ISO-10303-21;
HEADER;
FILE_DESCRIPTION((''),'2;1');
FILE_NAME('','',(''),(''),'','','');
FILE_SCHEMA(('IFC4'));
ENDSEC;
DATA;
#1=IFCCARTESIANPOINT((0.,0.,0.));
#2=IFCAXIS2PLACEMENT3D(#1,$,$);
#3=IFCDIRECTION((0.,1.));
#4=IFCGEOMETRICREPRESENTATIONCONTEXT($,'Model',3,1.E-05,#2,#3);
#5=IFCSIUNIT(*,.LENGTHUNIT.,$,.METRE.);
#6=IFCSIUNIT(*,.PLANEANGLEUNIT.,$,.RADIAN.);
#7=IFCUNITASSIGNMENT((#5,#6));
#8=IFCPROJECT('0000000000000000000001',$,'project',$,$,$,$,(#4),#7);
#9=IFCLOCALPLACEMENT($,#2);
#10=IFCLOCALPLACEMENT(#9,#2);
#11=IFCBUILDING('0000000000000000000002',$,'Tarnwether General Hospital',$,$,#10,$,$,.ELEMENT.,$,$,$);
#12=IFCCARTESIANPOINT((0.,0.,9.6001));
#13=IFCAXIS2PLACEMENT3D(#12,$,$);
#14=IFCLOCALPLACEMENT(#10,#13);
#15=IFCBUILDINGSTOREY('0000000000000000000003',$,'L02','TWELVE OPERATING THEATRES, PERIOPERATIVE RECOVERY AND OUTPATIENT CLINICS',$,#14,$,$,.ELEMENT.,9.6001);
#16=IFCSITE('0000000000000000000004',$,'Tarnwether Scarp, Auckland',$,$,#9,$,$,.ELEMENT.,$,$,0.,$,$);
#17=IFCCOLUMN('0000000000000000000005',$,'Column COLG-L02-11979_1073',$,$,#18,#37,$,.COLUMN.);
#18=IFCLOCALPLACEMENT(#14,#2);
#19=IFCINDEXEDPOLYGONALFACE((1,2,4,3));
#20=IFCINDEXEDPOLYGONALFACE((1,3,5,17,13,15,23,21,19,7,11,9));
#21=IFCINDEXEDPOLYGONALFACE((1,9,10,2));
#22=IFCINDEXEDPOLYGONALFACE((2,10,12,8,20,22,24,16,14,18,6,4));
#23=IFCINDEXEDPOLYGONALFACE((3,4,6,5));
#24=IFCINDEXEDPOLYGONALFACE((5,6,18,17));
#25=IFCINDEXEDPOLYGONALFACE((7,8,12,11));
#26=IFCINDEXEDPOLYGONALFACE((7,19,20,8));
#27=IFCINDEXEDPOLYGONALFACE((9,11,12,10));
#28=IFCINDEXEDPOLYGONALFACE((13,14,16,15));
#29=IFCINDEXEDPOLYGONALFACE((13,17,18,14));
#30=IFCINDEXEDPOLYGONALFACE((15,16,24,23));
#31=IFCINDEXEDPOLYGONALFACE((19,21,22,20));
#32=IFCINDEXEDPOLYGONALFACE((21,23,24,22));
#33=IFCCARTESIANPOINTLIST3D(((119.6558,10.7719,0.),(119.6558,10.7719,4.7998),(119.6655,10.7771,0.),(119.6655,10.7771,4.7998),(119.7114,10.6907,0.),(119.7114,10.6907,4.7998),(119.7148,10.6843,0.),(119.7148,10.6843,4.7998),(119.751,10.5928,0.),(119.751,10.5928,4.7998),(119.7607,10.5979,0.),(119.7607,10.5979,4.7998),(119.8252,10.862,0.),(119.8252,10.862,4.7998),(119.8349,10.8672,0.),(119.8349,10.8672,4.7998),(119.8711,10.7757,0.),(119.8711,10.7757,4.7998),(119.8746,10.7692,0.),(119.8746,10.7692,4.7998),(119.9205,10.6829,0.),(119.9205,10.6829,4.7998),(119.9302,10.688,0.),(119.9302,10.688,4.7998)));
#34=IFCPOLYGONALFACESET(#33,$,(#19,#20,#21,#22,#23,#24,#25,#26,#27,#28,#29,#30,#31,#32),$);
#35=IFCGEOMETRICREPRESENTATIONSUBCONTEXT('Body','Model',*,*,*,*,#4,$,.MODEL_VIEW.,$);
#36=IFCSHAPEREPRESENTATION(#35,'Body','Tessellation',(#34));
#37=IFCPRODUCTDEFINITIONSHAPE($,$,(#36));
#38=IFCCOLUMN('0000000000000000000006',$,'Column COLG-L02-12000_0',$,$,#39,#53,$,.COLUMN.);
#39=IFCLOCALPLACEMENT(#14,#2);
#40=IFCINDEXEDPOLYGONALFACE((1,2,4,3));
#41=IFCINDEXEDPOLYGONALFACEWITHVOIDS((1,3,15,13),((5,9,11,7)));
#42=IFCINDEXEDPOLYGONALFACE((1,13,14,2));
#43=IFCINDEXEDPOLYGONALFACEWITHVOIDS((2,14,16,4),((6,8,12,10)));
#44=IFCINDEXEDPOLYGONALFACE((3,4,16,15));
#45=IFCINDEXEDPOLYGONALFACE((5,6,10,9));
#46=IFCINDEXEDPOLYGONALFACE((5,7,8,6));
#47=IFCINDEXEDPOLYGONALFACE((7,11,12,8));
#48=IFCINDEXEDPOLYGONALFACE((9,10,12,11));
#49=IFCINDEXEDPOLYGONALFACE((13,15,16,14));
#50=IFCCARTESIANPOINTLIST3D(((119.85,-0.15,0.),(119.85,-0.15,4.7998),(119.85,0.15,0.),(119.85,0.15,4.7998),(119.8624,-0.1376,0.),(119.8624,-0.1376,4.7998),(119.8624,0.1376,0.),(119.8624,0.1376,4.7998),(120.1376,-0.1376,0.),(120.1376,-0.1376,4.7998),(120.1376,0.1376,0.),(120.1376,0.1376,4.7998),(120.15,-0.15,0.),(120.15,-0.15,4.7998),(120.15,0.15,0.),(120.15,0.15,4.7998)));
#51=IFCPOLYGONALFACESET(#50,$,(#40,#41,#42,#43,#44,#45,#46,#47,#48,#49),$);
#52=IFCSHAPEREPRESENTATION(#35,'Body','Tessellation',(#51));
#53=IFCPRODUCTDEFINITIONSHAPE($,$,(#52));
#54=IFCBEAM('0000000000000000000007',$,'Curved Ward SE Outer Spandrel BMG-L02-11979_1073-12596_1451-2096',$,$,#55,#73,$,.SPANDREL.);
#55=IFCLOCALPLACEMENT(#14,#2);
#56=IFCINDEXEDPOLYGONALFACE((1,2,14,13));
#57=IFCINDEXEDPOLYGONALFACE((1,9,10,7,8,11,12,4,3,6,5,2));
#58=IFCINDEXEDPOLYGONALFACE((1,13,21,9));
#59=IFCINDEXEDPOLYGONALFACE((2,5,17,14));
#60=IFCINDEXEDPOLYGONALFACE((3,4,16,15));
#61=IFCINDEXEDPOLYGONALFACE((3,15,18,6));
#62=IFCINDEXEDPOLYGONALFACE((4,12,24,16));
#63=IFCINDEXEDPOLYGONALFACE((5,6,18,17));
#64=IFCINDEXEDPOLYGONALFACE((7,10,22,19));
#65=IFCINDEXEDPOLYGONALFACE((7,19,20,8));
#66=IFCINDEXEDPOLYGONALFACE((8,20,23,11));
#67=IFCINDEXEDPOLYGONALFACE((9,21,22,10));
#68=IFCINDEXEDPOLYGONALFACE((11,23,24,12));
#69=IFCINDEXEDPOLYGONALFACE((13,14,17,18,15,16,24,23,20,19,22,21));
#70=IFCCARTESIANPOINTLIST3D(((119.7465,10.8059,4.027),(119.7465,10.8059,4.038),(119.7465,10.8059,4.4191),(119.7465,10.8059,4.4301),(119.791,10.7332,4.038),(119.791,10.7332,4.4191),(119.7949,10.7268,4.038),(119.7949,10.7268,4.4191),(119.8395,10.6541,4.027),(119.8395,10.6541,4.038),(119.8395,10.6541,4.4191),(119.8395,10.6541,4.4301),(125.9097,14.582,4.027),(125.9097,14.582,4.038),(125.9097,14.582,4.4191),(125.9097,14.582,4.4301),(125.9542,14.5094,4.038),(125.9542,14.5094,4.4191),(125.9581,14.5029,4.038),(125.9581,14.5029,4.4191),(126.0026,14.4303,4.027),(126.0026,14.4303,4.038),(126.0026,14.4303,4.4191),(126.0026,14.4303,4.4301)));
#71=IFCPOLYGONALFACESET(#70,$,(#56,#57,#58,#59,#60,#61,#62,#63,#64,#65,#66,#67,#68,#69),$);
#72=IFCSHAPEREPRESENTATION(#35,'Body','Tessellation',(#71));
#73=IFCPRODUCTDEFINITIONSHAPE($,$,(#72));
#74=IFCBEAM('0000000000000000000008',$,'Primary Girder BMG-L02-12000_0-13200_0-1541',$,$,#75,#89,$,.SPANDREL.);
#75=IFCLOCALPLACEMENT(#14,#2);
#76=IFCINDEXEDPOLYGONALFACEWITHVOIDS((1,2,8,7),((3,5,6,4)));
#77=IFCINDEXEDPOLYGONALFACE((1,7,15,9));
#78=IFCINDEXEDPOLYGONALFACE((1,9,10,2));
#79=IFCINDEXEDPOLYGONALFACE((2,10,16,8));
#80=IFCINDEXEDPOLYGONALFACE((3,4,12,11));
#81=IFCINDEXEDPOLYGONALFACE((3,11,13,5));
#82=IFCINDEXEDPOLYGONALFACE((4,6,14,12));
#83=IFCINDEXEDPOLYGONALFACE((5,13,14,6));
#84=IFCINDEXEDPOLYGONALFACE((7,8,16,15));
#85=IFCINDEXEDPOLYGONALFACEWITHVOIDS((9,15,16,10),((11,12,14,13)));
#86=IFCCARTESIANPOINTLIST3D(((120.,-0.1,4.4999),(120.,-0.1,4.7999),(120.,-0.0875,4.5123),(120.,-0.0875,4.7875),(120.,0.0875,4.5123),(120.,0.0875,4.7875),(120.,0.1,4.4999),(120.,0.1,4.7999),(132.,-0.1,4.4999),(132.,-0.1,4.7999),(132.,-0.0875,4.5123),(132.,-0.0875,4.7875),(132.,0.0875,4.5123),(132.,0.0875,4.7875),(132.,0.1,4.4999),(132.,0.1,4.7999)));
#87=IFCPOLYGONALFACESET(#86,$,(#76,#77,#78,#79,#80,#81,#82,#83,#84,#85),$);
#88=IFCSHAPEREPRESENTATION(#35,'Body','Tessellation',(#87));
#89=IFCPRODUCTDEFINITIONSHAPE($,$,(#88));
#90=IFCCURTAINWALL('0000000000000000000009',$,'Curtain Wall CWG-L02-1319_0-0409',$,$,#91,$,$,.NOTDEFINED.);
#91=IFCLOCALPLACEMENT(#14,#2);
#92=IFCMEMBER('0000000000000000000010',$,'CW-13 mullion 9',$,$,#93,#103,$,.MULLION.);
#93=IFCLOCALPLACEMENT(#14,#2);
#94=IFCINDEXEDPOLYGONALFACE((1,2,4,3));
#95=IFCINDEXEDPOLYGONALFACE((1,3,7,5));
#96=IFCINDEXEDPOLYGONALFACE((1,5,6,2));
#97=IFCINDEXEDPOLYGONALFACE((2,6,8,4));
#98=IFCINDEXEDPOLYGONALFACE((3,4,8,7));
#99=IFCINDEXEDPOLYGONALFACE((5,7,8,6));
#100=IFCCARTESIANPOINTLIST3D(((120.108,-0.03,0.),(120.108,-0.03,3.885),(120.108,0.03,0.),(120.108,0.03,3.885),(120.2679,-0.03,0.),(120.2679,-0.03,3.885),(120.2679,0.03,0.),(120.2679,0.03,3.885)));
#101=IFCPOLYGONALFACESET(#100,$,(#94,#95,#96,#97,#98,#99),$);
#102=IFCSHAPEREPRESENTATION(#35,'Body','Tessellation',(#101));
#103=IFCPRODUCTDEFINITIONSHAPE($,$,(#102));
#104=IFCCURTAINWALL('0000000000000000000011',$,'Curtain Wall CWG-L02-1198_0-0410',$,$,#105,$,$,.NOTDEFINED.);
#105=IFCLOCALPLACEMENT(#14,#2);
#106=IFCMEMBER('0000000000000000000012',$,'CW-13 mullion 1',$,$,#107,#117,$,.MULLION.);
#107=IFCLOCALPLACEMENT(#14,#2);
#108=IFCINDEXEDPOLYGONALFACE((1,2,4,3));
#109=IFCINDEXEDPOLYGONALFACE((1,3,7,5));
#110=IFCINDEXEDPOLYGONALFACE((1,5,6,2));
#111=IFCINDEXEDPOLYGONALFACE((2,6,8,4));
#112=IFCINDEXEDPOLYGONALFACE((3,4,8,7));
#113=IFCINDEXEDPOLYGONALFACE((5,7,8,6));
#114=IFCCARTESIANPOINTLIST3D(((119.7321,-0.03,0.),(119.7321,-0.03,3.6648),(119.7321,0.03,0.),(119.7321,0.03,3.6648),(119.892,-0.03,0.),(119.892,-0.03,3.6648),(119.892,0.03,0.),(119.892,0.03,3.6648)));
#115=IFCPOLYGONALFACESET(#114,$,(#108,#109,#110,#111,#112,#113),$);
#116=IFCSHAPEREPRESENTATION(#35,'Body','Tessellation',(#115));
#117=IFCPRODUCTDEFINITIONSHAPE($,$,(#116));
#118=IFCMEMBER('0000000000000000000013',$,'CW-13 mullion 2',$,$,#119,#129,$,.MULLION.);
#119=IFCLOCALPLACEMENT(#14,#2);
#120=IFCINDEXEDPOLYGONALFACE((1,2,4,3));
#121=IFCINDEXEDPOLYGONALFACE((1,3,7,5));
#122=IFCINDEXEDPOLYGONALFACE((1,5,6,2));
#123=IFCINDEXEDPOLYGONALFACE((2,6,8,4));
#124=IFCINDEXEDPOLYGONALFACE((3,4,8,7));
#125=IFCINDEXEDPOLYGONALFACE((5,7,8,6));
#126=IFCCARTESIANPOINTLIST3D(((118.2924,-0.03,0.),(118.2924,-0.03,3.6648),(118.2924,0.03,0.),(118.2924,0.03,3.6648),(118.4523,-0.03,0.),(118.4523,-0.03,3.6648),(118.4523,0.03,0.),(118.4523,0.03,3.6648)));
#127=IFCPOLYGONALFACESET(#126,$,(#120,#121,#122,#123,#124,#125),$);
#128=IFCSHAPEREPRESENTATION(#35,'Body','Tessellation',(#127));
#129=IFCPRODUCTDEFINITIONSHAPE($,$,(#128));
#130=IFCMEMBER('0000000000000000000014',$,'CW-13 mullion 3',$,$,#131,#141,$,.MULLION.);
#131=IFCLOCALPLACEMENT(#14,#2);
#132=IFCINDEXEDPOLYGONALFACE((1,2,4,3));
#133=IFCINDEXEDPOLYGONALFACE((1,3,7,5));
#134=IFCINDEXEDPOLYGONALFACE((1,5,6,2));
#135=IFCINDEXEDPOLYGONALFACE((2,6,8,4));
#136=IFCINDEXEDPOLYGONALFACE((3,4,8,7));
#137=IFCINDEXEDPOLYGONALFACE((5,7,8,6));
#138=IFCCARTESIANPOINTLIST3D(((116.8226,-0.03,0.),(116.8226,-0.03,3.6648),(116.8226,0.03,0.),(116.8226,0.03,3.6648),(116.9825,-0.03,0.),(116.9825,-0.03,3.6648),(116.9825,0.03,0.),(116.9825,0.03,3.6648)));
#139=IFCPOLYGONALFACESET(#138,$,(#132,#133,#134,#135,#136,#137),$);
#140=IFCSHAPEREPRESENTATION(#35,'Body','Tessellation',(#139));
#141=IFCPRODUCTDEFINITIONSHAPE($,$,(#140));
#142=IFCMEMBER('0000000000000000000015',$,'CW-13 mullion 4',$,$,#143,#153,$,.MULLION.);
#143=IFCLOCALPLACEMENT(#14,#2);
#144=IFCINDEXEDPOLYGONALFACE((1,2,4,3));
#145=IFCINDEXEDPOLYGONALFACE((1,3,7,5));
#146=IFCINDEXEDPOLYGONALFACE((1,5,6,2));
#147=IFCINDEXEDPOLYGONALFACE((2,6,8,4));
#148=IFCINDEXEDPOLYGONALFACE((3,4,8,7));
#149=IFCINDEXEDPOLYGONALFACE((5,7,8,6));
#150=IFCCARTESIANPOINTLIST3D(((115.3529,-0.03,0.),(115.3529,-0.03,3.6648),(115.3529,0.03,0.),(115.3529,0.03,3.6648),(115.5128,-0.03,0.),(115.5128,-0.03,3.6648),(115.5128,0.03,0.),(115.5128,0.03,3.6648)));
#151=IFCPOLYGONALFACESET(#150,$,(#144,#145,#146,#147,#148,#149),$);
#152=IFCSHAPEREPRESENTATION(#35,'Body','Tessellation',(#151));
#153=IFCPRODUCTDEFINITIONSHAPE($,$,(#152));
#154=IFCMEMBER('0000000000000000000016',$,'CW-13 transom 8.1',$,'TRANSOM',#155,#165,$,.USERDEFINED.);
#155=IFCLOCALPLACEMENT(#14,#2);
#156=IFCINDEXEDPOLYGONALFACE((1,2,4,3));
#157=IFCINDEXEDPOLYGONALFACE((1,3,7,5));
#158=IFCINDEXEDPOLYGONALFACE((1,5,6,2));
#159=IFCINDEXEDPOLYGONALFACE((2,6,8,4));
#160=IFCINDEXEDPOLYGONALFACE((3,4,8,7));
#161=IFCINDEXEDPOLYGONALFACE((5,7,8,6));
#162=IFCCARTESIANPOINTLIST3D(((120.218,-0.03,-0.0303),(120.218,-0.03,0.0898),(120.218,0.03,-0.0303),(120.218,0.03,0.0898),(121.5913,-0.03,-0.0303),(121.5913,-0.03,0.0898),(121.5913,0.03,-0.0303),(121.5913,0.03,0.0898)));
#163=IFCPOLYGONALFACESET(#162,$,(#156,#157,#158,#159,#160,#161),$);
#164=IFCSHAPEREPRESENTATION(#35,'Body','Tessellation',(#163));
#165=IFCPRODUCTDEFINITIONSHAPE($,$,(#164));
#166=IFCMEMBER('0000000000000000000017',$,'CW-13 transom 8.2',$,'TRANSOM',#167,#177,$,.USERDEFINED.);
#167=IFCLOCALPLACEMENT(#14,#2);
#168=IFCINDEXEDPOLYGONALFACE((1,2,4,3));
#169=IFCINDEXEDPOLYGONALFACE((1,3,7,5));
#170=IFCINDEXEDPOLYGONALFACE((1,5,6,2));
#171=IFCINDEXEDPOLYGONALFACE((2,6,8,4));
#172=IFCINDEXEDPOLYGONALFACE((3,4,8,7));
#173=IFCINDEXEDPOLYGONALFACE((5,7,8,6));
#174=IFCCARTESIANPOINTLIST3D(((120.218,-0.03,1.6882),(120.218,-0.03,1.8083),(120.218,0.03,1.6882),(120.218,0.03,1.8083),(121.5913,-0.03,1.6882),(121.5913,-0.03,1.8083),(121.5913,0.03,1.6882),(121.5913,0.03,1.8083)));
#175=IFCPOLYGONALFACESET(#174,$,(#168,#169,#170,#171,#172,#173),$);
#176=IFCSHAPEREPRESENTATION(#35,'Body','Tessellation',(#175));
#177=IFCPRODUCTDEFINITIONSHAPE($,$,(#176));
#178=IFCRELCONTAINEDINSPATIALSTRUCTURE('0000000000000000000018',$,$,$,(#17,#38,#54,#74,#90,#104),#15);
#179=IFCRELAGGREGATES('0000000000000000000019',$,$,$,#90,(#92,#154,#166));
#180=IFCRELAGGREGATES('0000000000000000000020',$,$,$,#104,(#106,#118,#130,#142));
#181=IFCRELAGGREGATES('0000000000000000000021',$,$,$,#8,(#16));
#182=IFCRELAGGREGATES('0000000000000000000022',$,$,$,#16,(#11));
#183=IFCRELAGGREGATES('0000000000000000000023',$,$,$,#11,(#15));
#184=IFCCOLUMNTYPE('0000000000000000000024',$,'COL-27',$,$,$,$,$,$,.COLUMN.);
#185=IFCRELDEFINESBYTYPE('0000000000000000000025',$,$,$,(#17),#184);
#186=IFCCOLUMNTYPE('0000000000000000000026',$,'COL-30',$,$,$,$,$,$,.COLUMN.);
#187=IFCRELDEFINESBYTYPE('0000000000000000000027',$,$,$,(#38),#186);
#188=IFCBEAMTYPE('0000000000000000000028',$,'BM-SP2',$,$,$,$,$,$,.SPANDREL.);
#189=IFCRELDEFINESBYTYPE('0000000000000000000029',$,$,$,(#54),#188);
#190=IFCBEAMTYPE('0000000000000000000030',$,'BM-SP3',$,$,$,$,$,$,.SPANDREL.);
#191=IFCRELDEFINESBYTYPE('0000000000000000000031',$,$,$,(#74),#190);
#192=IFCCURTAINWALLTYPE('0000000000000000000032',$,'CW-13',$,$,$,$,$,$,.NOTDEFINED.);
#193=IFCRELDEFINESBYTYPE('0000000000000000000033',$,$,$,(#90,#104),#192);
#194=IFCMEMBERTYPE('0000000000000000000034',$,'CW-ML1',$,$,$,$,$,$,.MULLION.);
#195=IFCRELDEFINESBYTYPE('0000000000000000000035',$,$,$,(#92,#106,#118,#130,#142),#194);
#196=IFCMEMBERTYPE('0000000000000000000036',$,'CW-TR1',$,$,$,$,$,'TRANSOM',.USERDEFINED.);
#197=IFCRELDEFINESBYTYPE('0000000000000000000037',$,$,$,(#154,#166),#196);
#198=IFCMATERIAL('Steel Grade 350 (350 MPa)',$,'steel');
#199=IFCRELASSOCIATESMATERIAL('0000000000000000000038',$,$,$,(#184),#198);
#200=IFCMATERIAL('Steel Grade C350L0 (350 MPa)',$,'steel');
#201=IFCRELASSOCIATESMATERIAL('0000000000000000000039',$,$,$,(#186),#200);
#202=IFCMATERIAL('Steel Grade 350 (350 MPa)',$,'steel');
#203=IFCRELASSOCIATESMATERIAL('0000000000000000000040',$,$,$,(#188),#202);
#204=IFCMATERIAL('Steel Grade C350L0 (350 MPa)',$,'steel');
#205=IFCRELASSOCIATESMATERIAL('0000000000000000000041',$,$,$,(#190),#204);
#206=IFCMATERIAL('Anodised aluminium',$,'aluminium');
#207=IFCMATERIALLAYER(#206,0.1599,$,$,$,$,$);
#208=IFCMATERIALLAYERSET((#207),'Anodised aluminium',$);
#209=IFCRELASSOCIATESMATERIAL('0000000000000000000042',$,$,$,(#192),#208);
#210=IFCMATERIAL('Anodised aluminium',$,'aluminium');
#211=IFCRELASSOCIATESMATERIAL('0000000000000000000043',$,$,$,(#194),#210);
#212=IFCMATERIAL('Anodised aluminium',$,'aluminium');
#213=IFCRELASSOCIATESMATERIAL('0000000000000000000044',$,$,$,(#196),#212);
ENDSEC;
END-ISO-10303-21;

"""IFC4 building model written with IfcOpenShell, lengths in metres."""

from ifc_helpers import new_model, si_unit, direction, frame, origin, origin_2d, place, context, subcontext, project, spatial, rectangle, hollow_rectangle, i_section, extrude, material, layer, layer_set, material_profile, profile_set, type_object, element, aggregate, save


model = new_model("IFC4")

# Units and contexts
model_context = context("Model", 3, precision=1e-05, world=origin(), true_north=direction((0.0, 1.0)))
body_context = subcontext(model_context, "Body", "Model", "MODEL_VIEW")
ifc_project = project(units=[si_unit("LENGTHUNIT", "METRE"), si_unit("PLANEANGLEUNIT", "RADIAN")], contexts=[model_context])

# Site, building, storey
site_placement = place(None, origin())
site = spatial("IfcSite", under=ifc_project, at=site_placement, Name="Tarnwether Scarp, Auckland", CompositionType="ELEMENT", RefElevation=0.0)
building_placement = place(site_placement, origin())
building = spatial("IfcBuilding", under=site, at=building_placement, Name="Tarnwether General Hospital", CompositionType="ELEMENT")
storey_placement = place(building_placement, frame((0.0, 0.0, 9.6001)))
storey = spatial("IfcBuildingStorey", under=building, at=storey_placement, Name="L02", Description="TWELVE OPERATING THEATRES, PERIOPERATIVE RECOVERY AND OUTPATIENT CLINICS", CompositionType="ELEMENT", Elevation=9.6001)

# Columns
ifc_material_1 = material(Name="Steel Grade 350 (350 MPa)", Category="steel")
ifc_material_profile_1 = material_profile(ifc_material_1, i_section(OverallWidth=0.2029, OverallDepth=0.2029, WebThickness=0.0073, FlangeThickness=0.011, at=origin_2d()), Name="200UC46.2")
ifc_profile_set_1 = profile_set([ifc_material_profile_1], Name="Steel Grade 350 (350 MPa)")
column_type_1 = type_object("IfcColumnType", Name="COL-27", PredefinedType="COLUMN", material=ifc_profile_set_1)
column_1_placement = place(storey_placement, frame((119.793, 10.73, 0.0), z_axis=(0.0, 0.0, 1.0), x_axis=(-0.469472, 0.882948, 0.0)))
element("IfcColumn", 1, at=column_1_placement, inside=storey, type_object=column_type_1, Name="Column COLG-L02-11979_1073", PredefinedType="COLUMN", context=body_context, shape_type="SweptSolid", body=[
    extrude(i_section(OverallWidth=0.2029, OverallDepth=0.2029, WebThickness=0.0073, FlangeThickness=0.011, at=origin_2d()), origin(), (0.0, 0.0, 1.0), 4.7998),
])
ifc_material_2 = material(Name="Steel Grade C350L0 (350 MPa)", Category="steel")
ifc_material_profile_2 = material_profile(ifc_material_2, hollow_rectangle(XDim=0.3, YDim=0.3, WallThickness=0.0125, at=origin_2d()), Name="SHS300x300x12.5")
ifc_profile_set_2 = profile_set([ifc_material_profile_2], Name="Steel Grade C350L0 (350 MPa)")
column_type_2 = type_object("IfcColumnType", Name="COL-30", PredefinedType="COLUMN", material=ifc_profile_set_2)
column_2_placement = place(storey_placement, frame((120.0, 0.0, 0.0), z_axis=(0.0, 0.0, 1.0), x_axis=(1.0, 0.0, 0.0)))
element("IfcColumn", 2, at=column_2_placement, inside=storey, type_object=column_type_2, Name="Column COLG-L02-12000_0", PredefinedType="COLUMN", context=body_context, shape_type="SweptSolid", body=[
    extrude(hollow_rectangle(XDim=0.3, YDim=0.3, WallThickness=0.0125, at=origin_2d()), origin(), (0.0, 0.0, 1.0), 4.7998),
])

# Beams
ifc_material_3 = material(Name="Steel Grade 350 (350 MPa)", Category="steel")
ifc_material_profile_3 = material_profile(ifc_material_3, i_section(OverallWidth=0.178, OverallDepth=0.4031, WebThickness=0.0076, FlangeThickness=0.011, at=origin_2d()), Name="410UB53.7")
ifc_profile_set_3 = profile_set([ifc_material_profile_3], Name="Steel Grade 350 (350 MPa)")
beam_type_1 = type_object("IfcBeamType", Name="BM-SP2", PredefinedType="SPANDREL", material=ifc_profile_set_3)
beam_1_placement = place(storey_placement, frame((119.793, 10.73, 4.2285), z_axis=(0.852678, 0.522436, 0.0), x_axis=(-0.522436, 0.852678, 0.0)))
element("IfcBeam", 3, at=beam_1_placement, inside=storey, type_object=beam_type_1, Name="Curved Ward SE Outer Spandrel BMG-L02-11979_1073-12596_1451-2096", PredefinedType="SPANDREL", context=body_context, shape_type="SweptSolid", body=[
    extrude(i_section(OverallWidth=0.178, OverallDepth=0.4031, WebThickness=0.0076, FlangeThickness=0.011, at=origin_2d()), origin(), (0.0, 0.0, 1.0), 7.228),
])
ifc_material_4 = material(Name="Steel Grade C350L0 (350 MPa)", Category="steel")
ifc_material_profile_4 = material_profile(ifc_material_4, hollow_rectangle(XDim=0.2, YDim=0.3, WallThickness=0.0125, at=origin_2d()), Name="RHS300x200x12.5")
ifc_profile_set_4 = profile_set([ifc_material_profile_4], Name="Steel Grade C350L0 (350 MPa)")
beam_type_2 = type_object("IfcBeamType", Name="BM-SP3", PredefinedType="SPANDREL", material=ifc_profile_set_4)
beam_2_placement = place(storey_placement, frame((120.0, 0.0, 4.6499), z_axis=(1.0, 0.0, 0.0), x_axis=(0.0, 1.0, 0.0)))
element("IfcBeam", 4, at=beam_2_placement, inside=storey, type_object=beam_type_2, Name="Primary Girder BMG-L02-12000_0-13200_0-1541", PredefinedType="SPANDREL", context=body_context, shape_type="SweptSolid", body=[
    extrude(hollow_rectangle(XDim=0.2, YDim=0.3, WallThickness=0.0125, at=origin_2d()), origin(), (0.0, 0.0, 1.0), 12.0),
])

# Curtain wall, member
ifc_material_5 = material(Name="Anodised aluminium", Category="aluminium")
ifc_layer_1 = layer(ifc_material_5, 0.1599)
ifc_layer_set_1 = layer_set([ifc_layer_1], Name="Anodised aluminium")
curtain_wall_type = type_object("IfcCurtainWallType", Name="CW-13", PredefinedType="NOTDEFINED", material=ifc_layer_set_1)
curtain_wall_1_placement = place(storey_placement, origin())
curtain_wall_1 = element("IfcCurtainWall", 5, at=curtain_wall_1_placement, inside=storey, type_object=curtain_wall_type, Name="Curtain Wall CWG-L02-1319_0-0409", PredefinedType="NOTDEFINED")
ifc_material_6 = material(Name="Anodised aluminium", Category="aluminium")
ifc_material_profile_5 = material_profile(ifc_material_6, rectangle(XDim=0.0601, YDim=0.1599, at=origin_2d()), Name="ALU-MUL-60x160")
ifc_profile_set_5 = profile_set([ifc_material_profile_5], Name="Anodised aluminium")
member_type_1 = type_object("IfcMemberType", Name="CW-ML1", PredefinedType="MULLION", material=ifc_profile_set_5)
member_1_placement = place(storey_placement, frame((120.188, 0.0, 0.0), z_axis=(0.0, 0.0, 1.0), x_axis=(0.0, -1.0, 0.0)))
member_1 = element("IfcMember", 6, at=member_1_placement, type_object=member_type_1, Name="CW-13 mullion 9", PredefinedType="MULLION", context=body_context, shape_type="SweptSolid", body=[
    extrude(rectangle(XDim=0.0601, YDim=0.1599, at=origin_2d()), origin(), (0.0, 0.0, 1.0), 3.885),
])

# Curtain wall, members
curtain_wall_2_placement = place(storey_placement, origin())
curtain_wall_2 = element("IfcCurtainWall", 7, at=curtain_wall_2_placement, inside=storey, type_object=curtain_wall_type, Name="Curtain Wall CWG-L02-1198_0-0410", PredefinedType="NOTDEFINED")
member_2_placement = place(storey_placement, frame((119.812, 0.0, 0.0), z_axis=(0.0, 0.0, 1.0), x_axis=(0.0, -1.0, 0.0)))
member_2 = element("IfcMember", 8, at=member_2_placement, type_object=member_type_1, Name="CW-13 mullion 1", PredefinedType="MULLION", context=body_context, shape_type="SweptSolid", body=[
    extrude(rectangle(XDim=0.0601, YDim=0.1599, at=origin_2d()), origin(), (0.0, 0.0, 1.0), 3.6648),
])
member_3_placement = place(storey_placement, frame((118.3723, 0.0, 0.0), z_axis=(0.0, 0.0, 1.0), x_axis=(0.0, -1.0, 0.0)))
member_3 = element("IfcMember", 9, at=member_3_placement, type_object=member_type_1, Name="CW-13 mullion 2", PredefinedType="MULLION", context=body_context, shape_type="SweptSolid", body=[
    extrude(rectangle(XDim=0.0601, YDim=0.1599, at=origin_2d()), origin(), (0.0, 0.0, 1.0), 3.6648),
])
member_4_placement = place(storey_placement, frame((116.9026, 0.0, 0.0), z_axis=(0.0, 0.0, 1.0), x_axis=(0.0, -1.0, 0.0)))
member_4 = element("IfcMember", 10, at=member_4_placement, type_object=member_type_1, Name="CW-13 mullion 3", PredefinedType="MULLION", context=body_context, shape_type="SweptSolid", body=[
    extrude(rectangle(XDim=0.0601, YDim=0.1599, at=origin_2d()), origin(), (0.0, 0.0, 1.0), 3.6648),
])
member_5_placement = place(storey_placement, frame((115.4329, 0.0, 0.0), z_axis=(0.0, 0.0, 1.0), x_axis=(0.0, -1.0, 0.0)))
member_5 = element("IfcMember", 11, at=member_5_placement, type_object=member_type_1, Name="CW-13 mullion 4", PredefinedType="MULLION", context=body_context, shape_type="SweptSolid", body=[
    extrude(rectangle(XDim=0.0601, YDim=0.1599, at=origin_2d()), origin(), (0.0, 0.0, 1.0), 3.6648),
])

# Members
ifc_material_7 = material(Name="Anodised aluminium", Category="aluminium")
ifc_material_profile_6 = material_profile(ifc_material_7, rectangle(XDim=0.0601, YDim=0.1201, at=origin_2d()), Name="ALU-TRN-60x120")
ifc_profile_set_6 = profile_set([ifc_material_profile_6], Name="Anodised aluminium")
member_type_2 = type_object("IfcMemberType", Name="CW-TR1", ElementType="TRANSOM", PredefinedType="USERDEFINED", material=ifc_profile_set_6)
member_6_placement = place(storey_placement, frame((121.5913, 0.0, 0.0298), z_axis=(-1.0, 0.0, 0.0), x_axis=(0.0, -1.0, 0.0)))
member_6 = element("IfcMember", 12, at=member_6_placement, type_object=member_type_2, Name="CW-13 transom 8.1", ObjectType="TRANSOM", PredefinedType="USERDEFINED", context=body_context, shape_type="SweptSolid", body=[
    extrude(rectangle(XDim=0.0601, YDim=0.1201, at=origin_2d()), origin(), (0.0, 0.0, 1.0), 1.3733),
])
member_7_placement = place(storey_placement, frame((121.5913, 0.0, 1.7483), z_axis=(-1.0, 0.0, 0.0), x_axis=(0.0, -1.0, 0.0)))
member_7 = element("IfcMember", 13, at=member_7_placement, type_object=member_type_2, Name="CW-13 transom 8.2", ObjectType="TRANSOM", PredefinedType="USERDEFINED", context=body_context, shape_type="SweptSolid", body=[
    extrude(rectangle(XDim=0.0601, YDim=0.1201, at=origin_2d()), origin(), (0.0, 0.0, 1.0), 1.3733),
])

aggregate(curtain_wall_1, [member_1, member_6, member_7])
aggregate(curtain_wall_2, [member_2, member_3, member_4, member_5])

save(model, "model.ifc")
